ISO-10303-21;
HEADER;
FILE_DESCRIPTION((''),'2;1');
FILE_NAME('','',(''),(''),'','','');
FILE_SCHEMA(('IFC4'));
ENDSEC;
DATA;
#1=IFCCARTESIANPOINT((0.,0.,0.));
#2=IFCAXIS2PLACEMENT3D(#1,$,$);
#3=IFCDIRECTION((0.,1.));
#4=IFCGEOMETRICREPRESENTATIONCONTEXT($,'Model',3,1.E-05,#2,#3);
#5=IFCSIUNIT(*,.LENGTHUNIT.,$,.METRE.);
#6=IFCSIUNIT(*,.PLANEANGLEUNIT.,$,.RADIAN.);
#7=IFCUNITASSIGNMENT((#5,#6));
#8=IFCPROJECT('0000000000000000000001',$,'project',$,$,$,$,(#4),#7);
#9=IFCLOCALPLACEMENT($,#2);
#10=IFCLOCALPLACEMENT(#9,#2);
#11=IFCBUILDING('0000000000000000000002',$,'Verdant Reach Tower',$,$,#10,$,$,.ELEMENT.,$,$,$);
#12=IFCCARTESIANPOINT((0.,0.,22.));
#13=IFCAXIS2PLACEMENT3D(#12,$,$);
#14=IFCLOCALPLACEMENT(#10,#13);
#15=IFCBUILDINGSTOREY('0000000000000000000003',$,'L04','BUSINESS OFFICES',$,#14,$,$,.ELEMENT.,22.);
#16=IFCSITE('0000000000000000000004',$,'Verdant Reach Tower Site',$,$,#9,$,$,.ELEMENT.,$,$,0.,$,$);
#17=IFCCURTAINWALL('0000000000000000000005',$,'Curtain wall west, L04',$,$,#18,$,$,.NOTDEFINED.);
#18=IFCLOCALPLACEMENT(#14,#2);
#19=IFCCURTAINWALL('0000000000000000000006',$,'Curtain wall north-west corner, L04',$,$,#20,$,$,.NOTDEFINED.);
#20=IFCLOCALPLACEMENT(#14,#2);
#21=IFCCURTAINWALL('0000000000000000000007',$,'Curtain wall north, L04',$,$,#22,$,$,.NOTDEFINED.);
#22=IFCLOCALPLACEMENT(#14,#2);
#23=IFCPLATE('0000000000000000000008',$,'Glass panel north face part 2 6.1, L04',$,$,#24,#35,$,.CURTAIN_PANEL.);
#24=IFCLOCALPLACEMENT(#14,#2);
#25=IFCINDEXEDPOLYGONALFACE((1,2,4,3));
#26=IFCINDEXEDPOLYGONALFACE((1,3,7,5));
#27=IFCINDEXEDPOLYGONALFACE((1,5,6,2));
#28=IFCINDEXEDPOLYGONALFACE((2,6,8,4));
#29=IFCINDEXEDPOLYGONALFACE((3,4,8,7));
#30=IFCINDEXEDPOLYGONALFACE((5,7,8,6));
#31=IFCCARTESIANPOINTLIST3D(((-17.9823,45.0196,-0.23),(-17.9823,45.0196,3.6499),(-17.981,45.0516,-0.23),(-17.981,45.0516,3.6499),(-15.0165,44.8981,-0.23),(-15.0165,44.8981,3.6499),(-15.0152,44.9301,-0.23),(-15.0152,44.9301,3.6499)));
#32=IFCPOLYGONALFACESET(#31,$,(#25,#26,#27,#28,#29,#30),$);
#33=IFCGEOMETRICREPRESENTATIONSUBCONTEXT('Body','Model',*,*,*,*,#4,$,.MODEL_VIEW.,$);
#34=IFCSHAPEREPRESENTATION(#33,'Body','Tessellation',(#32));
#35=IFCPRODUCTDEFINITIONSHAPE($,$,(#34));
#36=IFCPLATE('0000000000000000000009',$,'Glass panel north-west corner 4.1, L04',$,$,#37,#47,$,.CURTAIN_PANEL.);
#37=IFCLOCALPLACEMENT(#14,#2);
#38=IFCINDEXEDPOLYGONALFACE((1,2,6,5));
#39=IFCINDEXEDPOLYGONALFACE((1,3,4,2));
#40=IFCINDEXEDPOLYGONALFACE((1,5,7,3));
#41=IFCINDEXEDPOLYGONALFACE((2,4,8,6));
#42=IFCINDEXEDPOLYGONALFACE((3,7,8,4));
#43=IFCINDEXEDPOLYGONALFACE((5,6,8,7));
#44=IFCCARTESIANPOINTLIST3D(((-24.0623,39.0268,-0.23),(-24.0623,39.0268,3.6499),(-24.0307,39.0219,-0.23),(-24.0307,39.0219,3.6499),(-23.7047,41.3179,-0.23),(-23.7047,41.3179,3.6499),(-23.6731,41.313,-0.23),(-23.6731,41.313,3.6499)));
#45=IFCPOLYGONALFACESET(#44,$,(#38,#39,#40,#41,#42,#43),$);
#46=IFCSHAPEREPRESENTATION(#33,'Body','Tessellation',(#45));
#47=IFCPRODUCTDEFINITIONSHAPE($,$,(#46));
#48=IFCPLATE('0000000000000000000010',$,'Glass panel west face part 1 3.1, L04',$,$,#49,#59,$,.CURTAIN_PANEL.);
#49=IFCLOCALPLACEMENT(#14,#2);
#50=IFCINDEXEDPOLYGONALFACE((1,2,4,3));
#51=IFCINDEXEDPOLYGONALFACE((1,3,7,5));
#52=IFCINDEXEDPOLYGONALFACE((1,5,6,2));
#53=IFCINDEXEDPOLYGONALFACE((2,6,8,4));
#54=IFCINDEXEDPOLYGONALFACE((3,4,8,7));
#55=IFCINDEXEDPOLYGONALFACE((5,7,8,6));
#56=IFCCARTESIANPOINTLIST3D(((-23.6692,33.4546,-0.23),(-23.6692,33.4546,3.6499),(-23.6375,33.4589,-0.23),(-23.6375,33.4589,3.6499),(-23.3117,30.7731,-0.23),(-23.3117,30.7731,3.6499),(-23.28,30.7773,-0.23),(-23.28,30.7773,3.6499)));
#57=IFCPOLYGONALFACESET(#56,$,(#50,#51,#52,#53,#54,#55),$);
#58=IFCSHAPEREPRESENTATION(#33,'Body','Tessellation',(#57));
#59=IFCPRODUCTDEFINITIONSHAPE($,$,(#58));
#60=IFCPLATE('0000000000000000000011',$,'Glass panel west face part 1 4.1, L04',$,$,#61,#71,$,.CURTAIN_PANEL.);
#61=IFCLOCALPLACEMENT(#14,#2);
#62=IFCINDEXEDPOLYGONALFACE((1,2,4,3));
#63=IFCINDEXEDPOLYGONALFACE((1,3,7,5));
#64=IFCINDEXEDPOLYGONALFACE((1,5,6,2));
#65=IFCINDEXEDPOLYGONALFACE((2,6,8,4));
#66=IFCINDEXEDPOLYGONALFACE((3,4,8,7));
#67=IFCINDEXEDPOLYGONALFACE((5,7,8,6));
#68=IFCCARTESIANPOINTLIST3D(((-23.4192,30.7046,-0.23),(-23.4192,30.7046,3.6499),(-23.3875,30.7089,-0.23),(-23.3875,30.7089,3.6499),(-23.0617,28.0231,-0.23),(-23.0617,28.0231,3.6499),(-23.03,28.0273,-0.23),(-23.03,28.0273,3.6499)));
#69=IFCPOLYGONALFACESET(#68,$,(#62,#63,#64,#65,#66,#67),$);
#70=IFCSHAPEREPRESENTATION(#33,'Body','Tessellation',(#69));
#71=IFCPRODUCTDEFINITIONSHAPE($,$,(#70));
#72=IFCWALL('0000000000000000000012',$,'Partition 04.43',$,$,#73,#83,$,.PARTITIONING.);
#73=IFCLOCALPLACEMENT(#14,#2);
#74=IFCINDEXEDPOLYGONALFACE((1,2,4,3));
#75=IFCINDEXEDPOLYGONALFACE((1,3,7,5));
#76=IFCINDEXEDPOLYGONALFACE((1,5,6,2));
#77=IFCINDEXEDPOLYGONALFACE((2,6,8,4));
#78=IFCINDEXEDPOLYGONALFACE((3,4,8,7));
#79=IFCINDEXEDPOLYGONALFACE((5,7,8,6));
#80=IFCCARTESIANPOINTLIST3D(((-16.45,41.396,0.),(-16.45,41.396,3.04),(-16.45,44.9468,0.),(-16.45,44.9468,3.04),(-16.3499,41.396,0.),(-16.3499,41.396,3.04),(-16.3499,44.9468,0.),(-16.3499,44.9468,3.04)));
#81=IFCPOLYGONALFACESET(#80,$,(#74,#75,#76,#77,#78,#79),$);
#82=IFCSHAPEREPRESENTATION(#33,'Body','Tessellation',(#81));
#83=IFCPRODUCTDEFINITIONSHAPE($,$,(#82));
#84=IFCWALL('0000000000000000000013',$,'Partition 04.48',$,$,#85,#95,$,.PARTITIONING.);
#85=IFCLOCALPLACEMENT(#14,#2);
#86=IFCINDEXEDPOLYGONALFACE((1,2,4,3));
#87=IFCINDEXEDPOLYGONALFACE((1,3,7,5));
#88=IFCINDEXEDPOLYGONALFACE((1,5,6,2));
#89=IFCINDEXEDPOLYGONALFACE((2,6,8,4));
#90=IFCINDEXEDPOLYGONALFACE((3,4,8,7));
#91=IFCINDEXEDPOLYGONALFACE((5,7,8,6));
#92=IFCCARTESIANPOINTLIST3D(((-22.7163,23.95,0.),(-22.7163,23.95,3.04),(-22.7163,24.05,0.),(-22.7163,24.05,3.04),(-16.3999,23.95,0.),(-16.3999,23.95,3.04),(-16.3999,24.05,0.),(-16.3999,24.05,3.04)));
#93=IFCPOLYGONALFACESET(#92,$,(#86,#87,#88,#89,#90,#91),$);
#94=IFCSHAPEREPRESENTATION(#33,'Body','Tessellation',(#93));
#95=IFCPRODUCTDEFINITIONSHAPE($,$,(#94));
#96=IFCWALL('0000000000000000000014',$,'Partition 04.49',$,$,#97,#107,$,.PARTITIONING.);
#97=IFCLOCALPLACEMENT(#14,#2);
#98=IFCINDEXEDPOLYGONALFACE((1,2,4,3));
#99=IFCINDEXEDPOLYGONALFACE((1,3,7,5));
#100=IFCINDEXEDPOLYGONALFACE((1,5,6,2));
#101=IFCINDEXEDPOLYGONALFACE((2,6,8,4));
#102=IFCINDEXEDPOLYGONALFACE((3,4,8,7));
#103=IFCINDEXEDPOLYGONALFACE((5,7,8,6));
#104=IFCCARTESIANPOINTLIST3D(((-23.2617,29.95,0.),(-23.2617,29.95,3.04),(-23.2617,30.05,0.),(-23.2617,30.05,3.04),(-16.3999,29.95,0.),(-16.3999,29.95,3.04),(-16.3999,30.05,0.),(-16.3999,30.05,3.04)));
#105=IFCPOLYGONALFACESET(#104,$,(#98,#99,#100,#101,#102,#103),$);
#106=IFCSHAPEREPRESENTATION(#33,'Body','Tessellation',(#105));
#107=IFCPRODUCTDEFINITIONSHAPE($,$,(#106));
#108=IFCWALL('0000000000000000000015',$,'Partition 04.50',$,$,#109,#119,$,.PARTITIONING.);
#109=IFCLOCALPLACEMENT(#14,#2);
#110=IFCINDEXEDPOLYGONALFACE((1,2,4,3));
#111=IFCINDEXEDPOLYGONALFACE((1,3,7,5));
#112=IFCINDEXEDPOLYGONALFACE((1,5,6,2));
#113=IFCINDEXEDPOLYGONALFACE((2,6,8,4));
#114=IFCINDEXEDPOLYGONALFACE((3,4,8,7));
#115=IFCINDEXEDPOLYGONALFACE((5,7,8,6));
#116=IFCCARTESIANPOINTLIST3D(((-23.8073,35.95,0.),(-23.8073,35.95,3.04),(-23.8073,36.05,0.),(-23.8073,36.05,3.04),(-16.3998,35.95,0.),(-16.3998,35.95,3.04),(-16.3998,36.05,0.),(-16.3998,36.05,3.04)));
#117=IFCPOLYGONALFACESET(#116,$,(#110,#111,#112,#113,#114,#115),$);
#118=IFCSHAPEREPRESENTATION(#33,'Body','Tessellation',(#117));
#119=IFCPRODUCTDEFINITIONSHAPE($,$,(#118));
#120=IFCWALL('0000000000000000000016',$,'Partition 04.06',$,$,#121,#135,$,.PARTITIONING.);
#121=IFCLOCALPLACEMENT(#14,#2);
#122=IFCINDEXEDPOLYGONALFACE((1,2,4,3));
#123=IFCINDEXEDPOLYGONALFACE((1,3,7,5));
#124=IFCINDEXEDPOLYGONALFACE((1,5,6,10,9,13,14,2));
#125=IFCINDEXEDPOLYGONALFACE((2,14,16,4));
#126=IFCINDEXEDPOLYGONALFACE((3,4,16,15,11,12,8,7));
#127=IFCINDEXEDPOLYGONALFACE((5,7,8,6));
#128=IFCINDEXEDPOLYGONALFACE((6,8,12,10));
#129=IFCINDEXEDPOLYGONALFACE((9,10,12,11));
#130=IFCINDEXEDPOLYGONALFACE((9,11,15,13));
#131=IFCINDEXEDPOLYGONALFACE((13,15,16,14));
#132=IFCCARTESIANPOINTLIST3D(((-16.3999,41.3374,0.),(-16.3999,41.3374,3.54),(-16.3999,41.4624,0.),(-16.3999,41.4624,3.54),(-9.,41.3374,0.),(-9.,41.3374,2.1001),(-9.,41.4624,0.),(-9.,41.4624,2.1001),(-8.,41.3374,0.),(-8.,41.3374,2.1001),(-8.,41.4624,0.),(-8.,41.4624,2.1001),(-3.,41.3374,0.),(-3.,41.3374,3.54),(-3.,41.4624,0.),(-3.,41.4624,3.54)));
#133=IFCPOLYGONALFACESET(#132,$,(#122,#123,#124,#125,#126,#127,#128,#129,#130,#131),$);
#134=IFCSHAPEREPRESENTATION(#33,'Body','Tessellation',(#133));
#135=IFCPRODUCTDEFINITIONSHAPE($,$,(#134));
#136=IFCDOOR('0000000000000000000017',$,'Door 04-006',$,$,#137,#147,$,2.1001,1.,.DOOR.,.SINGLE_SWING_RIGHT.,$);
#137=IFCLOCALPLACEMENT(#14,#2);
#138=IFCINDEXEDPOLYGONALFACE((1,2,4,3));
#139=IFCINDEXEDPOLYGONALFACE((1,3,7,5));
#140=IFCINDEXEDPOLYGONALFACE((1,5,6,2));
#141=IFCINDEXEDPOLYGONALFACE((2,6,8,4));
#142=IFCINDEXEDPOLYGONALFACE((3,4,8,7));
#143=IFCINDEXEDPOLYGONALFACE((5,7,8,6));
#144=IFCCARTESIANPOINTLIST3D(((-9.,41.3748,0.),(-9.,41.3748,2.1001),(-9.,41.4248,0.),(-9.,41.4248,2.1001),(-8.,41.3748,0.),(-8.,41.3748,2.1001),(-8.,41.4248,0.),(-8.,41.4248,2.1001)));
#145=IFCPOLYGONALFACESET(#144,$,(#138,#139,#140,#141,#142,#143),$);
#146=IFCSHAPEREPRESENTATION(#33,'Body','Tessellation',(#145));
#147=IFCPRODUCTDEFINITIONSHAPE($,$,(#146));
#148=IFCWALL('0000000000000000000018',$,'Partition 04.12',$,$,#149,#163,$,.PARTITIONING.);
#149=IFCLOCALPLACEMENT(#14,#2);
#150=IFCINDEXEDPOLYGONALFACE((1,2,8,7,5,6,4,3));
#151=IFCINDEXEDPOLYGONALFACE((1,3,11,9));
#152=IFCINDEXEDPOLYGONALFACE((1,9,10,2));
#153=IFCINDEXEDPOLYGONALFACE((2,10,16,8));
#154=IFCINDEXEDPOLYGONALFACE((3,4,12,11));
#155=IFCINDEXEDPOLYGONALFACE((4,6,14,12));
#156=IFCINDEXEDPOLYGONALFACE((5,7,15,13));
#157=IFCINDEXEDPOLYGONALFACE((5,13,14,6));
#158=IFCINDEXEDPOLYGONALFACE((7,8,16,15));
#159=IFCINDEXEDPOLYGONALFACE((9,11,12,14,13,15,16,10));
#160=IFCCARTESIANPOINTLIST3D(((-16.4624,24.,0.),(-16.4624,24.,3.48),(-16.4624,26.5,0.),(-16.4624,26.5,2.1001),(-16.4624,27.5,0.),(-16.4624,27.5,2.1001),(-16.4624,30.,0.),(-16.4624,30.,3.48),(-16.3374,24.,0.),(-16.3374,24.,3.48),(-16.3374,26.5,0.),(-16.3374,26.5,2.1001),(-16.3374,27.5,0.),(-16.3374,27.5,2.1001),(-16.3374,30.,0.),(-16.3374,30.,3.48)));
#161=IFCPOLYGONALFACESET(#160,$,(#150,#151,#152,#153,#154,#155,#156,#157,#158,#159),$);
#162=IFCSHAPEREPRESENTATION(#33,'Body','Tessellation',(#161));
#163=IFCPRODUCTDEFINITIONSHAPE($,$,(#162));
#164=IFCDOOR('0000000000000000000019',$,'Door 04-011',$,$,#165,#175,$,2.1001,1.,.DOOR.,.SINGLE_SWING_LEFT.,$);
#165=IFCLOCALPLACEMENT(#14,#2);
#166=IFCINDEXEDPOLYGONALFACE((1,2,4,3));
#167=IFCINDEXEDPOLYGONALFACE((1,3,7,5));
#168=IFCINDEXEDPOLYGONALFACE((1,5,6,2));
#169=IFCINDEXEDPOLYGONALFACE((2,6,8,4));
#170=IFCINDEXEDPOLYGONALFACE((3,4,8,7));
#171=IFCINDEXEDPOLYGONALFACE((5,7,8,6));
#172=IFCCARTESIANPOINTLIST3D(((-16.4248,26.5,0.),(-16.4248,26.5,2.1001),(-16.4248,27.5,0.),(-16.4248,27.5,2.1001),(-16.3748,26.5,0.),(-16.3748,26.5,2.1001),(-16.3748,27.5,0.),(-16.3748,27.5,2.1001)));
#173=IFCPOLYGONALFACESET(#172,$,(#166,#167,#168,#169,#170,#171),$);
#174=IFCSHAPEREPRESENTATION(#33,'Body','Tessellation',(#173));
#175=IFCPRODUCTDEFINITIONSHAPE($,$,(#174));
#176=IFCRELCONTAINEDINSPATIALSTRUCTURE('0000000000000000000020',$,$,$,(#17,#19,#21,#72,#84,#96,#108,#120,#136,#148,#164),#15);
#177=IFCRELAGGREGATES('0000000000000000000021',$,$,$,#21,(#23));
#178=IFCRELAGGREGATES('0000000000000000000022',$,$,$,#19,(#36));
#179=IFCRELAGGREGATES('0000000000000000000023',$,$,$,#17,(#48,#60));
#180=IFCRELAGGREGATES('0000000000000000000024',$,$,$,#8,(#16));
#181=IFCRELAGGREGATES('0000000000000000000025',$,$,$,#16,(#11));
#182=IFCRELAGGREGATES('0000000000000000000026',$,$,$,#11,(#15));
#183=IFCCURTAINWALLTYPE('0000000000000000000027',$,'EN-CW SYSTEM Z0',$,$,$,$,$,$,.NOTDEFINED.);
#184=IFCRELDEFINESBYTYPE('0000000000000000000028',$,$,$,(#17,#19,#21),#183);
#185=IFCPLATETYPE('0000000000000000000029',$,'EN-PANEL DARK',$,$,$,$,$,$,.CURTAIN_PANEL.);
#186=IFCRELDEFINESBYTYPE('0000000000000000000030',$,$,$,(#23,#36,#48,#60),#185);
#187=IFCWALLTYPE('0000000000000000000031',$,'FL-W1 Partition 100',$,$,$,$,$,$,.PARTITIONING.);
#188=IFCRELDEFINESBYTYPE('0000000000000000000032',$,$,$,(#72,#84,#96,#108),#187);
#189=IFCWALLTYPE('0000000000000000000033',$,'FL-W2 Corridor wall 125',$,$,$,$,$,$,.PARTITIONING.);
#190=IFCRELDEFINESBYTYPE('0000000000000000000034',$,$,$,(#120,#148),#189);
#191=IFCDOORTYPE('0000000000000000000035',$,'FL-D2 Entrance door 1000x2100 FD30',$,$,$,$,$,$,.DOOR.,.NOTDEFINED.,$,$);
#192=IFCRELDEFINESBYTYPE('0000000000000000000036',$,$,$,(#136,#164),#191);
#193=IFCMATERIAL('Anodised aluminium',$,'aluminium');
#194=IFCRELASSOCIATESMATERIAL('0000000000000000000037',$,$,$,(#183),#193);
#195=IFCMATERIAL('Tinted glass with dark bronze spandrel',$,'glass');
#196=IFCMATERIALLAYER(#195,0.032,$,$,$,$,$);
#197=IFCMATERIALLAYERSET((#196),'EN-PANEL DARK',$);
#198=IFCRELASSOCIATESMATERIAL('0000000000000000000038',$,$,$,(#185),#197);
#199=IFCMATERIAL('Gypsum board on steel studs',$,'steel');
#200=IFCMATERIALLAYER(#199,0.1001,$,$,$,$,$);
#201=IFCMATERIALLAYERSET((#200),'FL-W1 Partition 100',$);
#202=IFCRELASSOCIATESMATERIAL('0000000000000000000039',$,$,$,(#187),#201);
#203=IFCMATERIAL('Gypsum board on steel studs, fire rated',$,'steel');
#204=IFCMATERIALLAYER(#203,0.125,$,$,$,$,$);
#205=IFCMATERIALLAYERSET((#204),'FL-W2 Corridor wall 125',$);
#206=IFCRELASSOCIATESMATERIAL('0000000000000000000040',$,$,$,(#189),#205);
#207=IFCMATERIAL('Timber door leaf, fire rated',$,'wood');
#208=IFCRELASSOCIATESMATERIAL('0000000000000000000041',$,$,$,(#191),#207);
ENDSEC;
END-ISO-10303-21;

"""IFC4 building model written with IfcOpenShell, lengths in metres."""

from ifc_helpers import new_model, si_unit, direction, frame, frame_2d, origin, origin_2d, place, context, subcontext, project, spatial, rectangle, extrude, material, layer, layer_set, type_object, element, fill, aggregate, save


model = new_model("IFC4")

# Units and contexts
model_context = context("Model", 3, precision=1e-05, world=origin(), true_north=direction((0.0, 1.0)))
body_context = subcontext(model_context, "Body", "Model", "MODEL_VIEW")
ifc_project = project(units=[si_unit("LENGTHUNIT", "METRE"), si_unit("PLANEANGLEUNIT", "RADIAN")], contexts=[model_context])

# Site, building, storey
site_placement = place(None, origin())
site = spatial("IfcSite", under=ifc_project, at=site_placement, Name="Verdant Reach Tower Site", CompositionType="ELEMENT", RefElevation=0.0)
building_placement = place(site_placement, origin())
building = spatial("IfcBuilding", under=site, at=building_placement, Name="Verdant Reach Tower", CompositionType="ELEMENT")
storey_placement = place(building_placement, frame((0.0, 0.0, 22.0)))
storey = spatial("IfcBuildingStorey", under=building, at=storey_placement, Name="L04", Description="BUSINESS OFFICES", CompositionType="ELEMENT", Elevation=22.0)

# Curtain wall
ifc_material_1 = material(Name="Anodised aluminium", Category="aluminium")
curtain_wall_type = type_object("IfcCurtainWallType", Name="EN-CW SYSTEM Z0", PredefinedType="NOTDEFINED", material=ifc_material_1)
curtain_wall_1_placement = place(storey_placement, origin())
curtain_wall_1 = element("IfcCurtainWall", 1, at=curtain_wall_1_placement, inside=storey, type_object=curtain_wall_type, Name="Curtain wall west, L04", PredefinedType="NOTDEFINED")

# Curtain wall
curtain_wall_2_placement = place(storey_placement, origin())
curtain_wall_2 = element("IfcCurtainWall", 2, at=curtain_wall_2_placement, inside=storey, type_object=curtain_wall_type, Name="Curtain wall north-west corner, L04", PredefinedType="NOTDEFINED")

# Curtain wall, plate
curtain_wall_3_placement = place(storey_placement, origin())
curtain_wall_3 = element("IfcCurtainWall", 3, at=curtain_wall_3_placement, inside=storey, type_object=curtain_wall_type, Name="Curtain wall north, L04", PredefinedType="NOTDEFINED")
ifc_material_2 = material(Name="Tinted glass with dark bronze spandrel", Category="glass")
ifc_layer_1 = layer(ifc_material_2, 0.032)
ifc_layer_set_1 = layer_set([ifc_layer_1], Name="EN-PANEL DARK")
plate_type_1 = type_object("IfcPlateType", Name="EN-PANEL DARK", PredefinedType="CURTAIN_PANEL", material=ifc_layer_set_1)
plate_1_placement = place(storey_placement, frame((-16.4988, 44.9749, -0.23), z_axis=(0.0, 0.0, 1.0), x_axis=(-0.999162, 0.04092, 0.0)))
plate_1 = element("IfcPlate", 4, at=plate_1_placement, type_object=plate_type_1, Name="Glass panel north face part 2 6.1, L04", PredefinedType="CURTAIN_PANEL", context=body_context, shape_type="SweptSolid", body=[
    extrude(rectangle(XDim=2.9683, YDim=0.032, at=origin_2d()), origin(), (0.0, 0.0, 1.0), 3.8799),
])
aggregate(curtain_wall_3, [plate_1])

# Plates
plate_2_placement = place(storey_placement, frame((-23.8677, 40.1699, -0.23), z_axis=(0.0, 0.0, 1.0), x_axis=(-0.154211, -0.988038, 0.0)))
plate_2 = element("IfcPlate", 5, at=plate_2_placement, type_object=plate_type_1, Name="Glass panel north-west corner 4.1, L04", PredefinedType="CURTAIN_PANEL", context=body_context, shape_type="SweptSolid", body=[
    extrude(rectangle(XDim=2.3188, YDim=0.032, at=origin_2d()), origin(), (0.0, 0.0, 1.0), 3.8799),
])
aggregate(curtain_wall_2, [plate_2])
plate_3_placement = place(storey_placement, frame((-23.4746, 32.116, -0.23), z_axis=(0.0, 0.0, 1.0), x_axis=(0.13216, -0.991228, 0.0)))
plate_3 = element("IfcPlate", 6, at=plate_3_placement, type_object=plate_type_1, Name="Glass panel west face part 1 3.1, L04", PredefinedType="CURTAIN_PANEL", context=body_context, shape_type="SweptSolid", body=[
    extrude(rectangle(XDim=2.7053, YDim=0.032, at=origin_2d()), origin(), (0.0, 0.0, 1.0), 3.8799),
])
plate_4_placement = place(storey_placement, frame((-23.2246, 29.366, -0.23), z_axis=(0.0, 0.0, 1.0), x_axis=(0.13216, -0.991228, 0.0)))
plate_4 = element("IfcPlate", 7, at=plate_4_placement, type_object=plate_type_1, Name="Glass panel west face part 1 4.1, L04", PredefinedType="CURTAIN_PANEL", context=body_context, shape_type="SweptSolid", body=[
    extrude(rectangle(XDim=2.7053, YDim=0.032, at=origin_2d()), origin(), (0.0, 0.0, 1.0), 3.8799),
])
aggregate(curtain_wall_1, [plate_3, plate_4])

# Walls
ifc_material_3 = material(Name="Gypsum board on steel studs", Category="steel")
ifc_layer_2 = layer(ifc_material_3, 0.1001)
ifc_layer_set_2 = layer_set([ifc_layer_2], Name="FL-W1 Partition 100")
wall_type_1 = type_object("IfcWallType", Name="FL-W1 Partition 100", PredefinedType="PARTITIONING", material=ifc_layer_set_2)
wall_1_placement = place(storey_placement, frame((-16.3999, 44.9468, 0.0), z_axis=(0.0, 0.0, 1.0), x_axis=(0.0, -1.0, 0.0)))
element("IfcWall", 8, at=wall_1_placement, inside=storey, type_object=wall_type_1, Name="Partition 04.43", PredefinedType="PARTITIONING", context=body_context, shape_type="SweptSolid", body=[
    extrude(rectangle(XDim=3.5508, YDim=0.1001, at=frame_2d((1.7754, 0.0))), origin(), (0.0, 0.0, 1.0), 3.04),
])
wall_2_placement = place(storey_placement, frame((-16.3999, 24.0, 0.0), z_axis=(0.0, 0.0, 1.0), x_axis=(-1.0, 0.0, 0.0)))
element("IfcWall", 9, at=wall_2_placement, inside=storey, type_object=wall_type_1, Name="Partition 04.48", PredefinedType="PARTITIONING", context=body_context, shape_type="SweptSolid", body=[
    extrude(rectangle(XDim=6.3164, YDim=0.1001, at=frame_2d((3.1582, 0.0))), origin(), (0.0, 0.0, 1.0), 3.04),
])
wall_3_placement = place(storey_placement, frame((-16.3999, 30.0, 0.0), z_axis=(0.0, 0.0, 1.0), x_axis=(-1.0, 0.0, 0.0)))
element("IfcWall", 10, at=wall_3_placement, inside=storey, type_object=wall_type_1, Name="Partition 04.49", PredefinedType="PARTITIONING", context=body_context, shape_type="SweptSolid", body=[
    extrude(rectangle(XDim=6.8618, YDim=0.1001, at=frame_2d((3.4309, 0.0))), origin(), (0.0, 0.0, 1.0), 3.04),
])
wall_4_placement = place(storey_placement, frame((-16.3999, 36.0, 0.0), z_axis=(0.0, 0.0, 1.0), x_axis=(-1.0, 0.0, 0.0)))
element("IfcWall", 11, at=wall_4_placement, inside=storey, type_object=wall_type_1, Name="Partition 04.50", PredefinedType="PARTITIONING", context=body_context, shape_type="SweptSolid", body=[
    extrude(rectangle(XDim=7.4075, YDim=0.1001, at=frame_2d((3.7036, 0.0))), origin(), (0.0, 0.0, 1.0), 3.04),
])

# Walls, openings, doors
ifc_material_4 = material(Name="Gypsum board on steel studs, fire rated", Category="steel")
ifc_layer_3 = layer(ifc_material_4, 0.125)
ifc_layer_set_3 = layer_set([ifc_layer_3], Name="FL-W2 Corridor wall 125")
wall_type_2 = type_object("IfcWallType", Name="FL-W2 Corridor wall 125", PredefinedType="PARTITIONING", material=ifc_layer_set_3)
wall_5_placement = place(storey_placement, frame((-16.3999, 41.3999, 0.0), z_axis=(0.0, 0.0, 1.0), x_axis=(1.0, 0.0, 0.0)))
wall_5 = element("IfcWall", 12, at=wall_5_placement, inside=storey, type_object=wall_type_2, Name="Partition 04.06", PredefinedType="PARTITIONING", context=body_context, shape_type="SweptSolid", body=[
    extrude(rectangle(XDim=13.3999, YDim=0.125, at=frame_2d((6.7, 0.0))), origin(), (0.0, 0.0, 1.0), 3.54),
])
opening_1_placement = place(wall_5_placement, frame((7.3999, 0.0, 0.0)))
opening_1 = element("IfcOpeningElement", 13, at=opening_1_placement, cuts=wall_5, PredefinedType="OPENING", context=body_context, shape_type="SweptSolid", body=[
    extrude(rectangle(XDim=1.0, YDim=2.1001, at=frame_2d((0.5, 1.05))), frame((0.0, 0.0725, 0.0), z_axis=(0.0, -1.0, 0.0), x_axis=(1.0, 0.0, 0.0)), (0.0, 0.0, 1.0), 0.145),
])
ifc_material_5 = material(Name="Timber door leaf, fire rated", Category="wood")
door_type = type_object("IfcDoorType", Name="FL-D2 Entrance door 1000x2100 FD30", OperationType="NOTDEFINED", PredefinedType="DOOR", material=ifc_material_5)
door_1_placement = place(opening_1_placement, origin())
door_1 = element("IfcDoor", 14, at=door_1_placement, inside=storey, type_object=door_type, Name="Door 04-006", OperationType="SINGLE_SWING_RIGHT", OverallHeight=2.1001, OverallWidth=1.0, PredefinedType="DOOR", context=body_context, shape_type="SweptSolid", body=[
    extrude(rectangle(XDim=1.0, YDim=2.1001, at=frame_2d((0.5, 1.05))), frame((0.0, 0.0249, 0.0), z_axis=(0.0, -1.0, 0.0), x_axis=(1.0, 0.0, 0.0)), (0.0, 0.0, 1.0), 0.05),
])
fill(opening_1, door_1)
wall_6_placement = place(storey_placement, frame((-16.3999, 24.0, 0.0), z_axis=(0.0, 0.0, 1.0), x_axis=(0.0, 1.0, 0.0)))
wall_6 = element("IfcWall", 15, at=wall_6_placement, inside=storey, type_object=wall_type_2, Name="Partition 04.12", PredefinedType="PARTITIONING", context=body_context, shape_type="SweptSolid", body=[
    extrude(rectangle(XDim=6.0, YDim=0.125, at=frame_2d((3.0, 0.0))), origin(), (0.0, 0.0, 1.0), 3.48),
])
opening_2_placement = place(wall_6_placement, frame((2.5, 0.0, 0.0)))
opening_2 = element("IfcOpeningElement", 16, at=opening_2_placement, cuts=wall_6, PredefinedType="OPENING", context=body_context, shape_type="SweptSolid", body=[
    extrude(rectangle(XDim=1.0, YDim=2.1001, at=frame_2d((0.5, 1.05))), frame((0.0, 0.0725, 0.0), z_axis=(0.0, -1.0, 0.0), x_axis=(1.0, 0.0, 0.0)), (0.0, 0.0, 1.0), 0.145),
])
door_2_placement = place(opening_2_placement, origin())
door_2 = element("IfcDoor", 17, at=door_2_placement, inside=storey, type_object=door_type, Name="Door 04-011", OperationType="SINGLE_SWING_LEFT", OverallHeight=2.1001, OverallWidth=1.0, PredefinedType="DOOR", context=body_context, shape_type="SweptSolid", body=[
    extrude(rectangle(XDim=1.0, YDim=2.1001, at=frame_2d((0.5, 1.05))), frame((0.0, 0.0249, 0.0), z_axis=(0.0, -1.0, 0.0), x_axis=(1.0, 0.0, 0.0)), (0.0, 0.0, 1.0), 0.05),
])
fill(opening_2, door_2)

save(model, "model.ifc")
